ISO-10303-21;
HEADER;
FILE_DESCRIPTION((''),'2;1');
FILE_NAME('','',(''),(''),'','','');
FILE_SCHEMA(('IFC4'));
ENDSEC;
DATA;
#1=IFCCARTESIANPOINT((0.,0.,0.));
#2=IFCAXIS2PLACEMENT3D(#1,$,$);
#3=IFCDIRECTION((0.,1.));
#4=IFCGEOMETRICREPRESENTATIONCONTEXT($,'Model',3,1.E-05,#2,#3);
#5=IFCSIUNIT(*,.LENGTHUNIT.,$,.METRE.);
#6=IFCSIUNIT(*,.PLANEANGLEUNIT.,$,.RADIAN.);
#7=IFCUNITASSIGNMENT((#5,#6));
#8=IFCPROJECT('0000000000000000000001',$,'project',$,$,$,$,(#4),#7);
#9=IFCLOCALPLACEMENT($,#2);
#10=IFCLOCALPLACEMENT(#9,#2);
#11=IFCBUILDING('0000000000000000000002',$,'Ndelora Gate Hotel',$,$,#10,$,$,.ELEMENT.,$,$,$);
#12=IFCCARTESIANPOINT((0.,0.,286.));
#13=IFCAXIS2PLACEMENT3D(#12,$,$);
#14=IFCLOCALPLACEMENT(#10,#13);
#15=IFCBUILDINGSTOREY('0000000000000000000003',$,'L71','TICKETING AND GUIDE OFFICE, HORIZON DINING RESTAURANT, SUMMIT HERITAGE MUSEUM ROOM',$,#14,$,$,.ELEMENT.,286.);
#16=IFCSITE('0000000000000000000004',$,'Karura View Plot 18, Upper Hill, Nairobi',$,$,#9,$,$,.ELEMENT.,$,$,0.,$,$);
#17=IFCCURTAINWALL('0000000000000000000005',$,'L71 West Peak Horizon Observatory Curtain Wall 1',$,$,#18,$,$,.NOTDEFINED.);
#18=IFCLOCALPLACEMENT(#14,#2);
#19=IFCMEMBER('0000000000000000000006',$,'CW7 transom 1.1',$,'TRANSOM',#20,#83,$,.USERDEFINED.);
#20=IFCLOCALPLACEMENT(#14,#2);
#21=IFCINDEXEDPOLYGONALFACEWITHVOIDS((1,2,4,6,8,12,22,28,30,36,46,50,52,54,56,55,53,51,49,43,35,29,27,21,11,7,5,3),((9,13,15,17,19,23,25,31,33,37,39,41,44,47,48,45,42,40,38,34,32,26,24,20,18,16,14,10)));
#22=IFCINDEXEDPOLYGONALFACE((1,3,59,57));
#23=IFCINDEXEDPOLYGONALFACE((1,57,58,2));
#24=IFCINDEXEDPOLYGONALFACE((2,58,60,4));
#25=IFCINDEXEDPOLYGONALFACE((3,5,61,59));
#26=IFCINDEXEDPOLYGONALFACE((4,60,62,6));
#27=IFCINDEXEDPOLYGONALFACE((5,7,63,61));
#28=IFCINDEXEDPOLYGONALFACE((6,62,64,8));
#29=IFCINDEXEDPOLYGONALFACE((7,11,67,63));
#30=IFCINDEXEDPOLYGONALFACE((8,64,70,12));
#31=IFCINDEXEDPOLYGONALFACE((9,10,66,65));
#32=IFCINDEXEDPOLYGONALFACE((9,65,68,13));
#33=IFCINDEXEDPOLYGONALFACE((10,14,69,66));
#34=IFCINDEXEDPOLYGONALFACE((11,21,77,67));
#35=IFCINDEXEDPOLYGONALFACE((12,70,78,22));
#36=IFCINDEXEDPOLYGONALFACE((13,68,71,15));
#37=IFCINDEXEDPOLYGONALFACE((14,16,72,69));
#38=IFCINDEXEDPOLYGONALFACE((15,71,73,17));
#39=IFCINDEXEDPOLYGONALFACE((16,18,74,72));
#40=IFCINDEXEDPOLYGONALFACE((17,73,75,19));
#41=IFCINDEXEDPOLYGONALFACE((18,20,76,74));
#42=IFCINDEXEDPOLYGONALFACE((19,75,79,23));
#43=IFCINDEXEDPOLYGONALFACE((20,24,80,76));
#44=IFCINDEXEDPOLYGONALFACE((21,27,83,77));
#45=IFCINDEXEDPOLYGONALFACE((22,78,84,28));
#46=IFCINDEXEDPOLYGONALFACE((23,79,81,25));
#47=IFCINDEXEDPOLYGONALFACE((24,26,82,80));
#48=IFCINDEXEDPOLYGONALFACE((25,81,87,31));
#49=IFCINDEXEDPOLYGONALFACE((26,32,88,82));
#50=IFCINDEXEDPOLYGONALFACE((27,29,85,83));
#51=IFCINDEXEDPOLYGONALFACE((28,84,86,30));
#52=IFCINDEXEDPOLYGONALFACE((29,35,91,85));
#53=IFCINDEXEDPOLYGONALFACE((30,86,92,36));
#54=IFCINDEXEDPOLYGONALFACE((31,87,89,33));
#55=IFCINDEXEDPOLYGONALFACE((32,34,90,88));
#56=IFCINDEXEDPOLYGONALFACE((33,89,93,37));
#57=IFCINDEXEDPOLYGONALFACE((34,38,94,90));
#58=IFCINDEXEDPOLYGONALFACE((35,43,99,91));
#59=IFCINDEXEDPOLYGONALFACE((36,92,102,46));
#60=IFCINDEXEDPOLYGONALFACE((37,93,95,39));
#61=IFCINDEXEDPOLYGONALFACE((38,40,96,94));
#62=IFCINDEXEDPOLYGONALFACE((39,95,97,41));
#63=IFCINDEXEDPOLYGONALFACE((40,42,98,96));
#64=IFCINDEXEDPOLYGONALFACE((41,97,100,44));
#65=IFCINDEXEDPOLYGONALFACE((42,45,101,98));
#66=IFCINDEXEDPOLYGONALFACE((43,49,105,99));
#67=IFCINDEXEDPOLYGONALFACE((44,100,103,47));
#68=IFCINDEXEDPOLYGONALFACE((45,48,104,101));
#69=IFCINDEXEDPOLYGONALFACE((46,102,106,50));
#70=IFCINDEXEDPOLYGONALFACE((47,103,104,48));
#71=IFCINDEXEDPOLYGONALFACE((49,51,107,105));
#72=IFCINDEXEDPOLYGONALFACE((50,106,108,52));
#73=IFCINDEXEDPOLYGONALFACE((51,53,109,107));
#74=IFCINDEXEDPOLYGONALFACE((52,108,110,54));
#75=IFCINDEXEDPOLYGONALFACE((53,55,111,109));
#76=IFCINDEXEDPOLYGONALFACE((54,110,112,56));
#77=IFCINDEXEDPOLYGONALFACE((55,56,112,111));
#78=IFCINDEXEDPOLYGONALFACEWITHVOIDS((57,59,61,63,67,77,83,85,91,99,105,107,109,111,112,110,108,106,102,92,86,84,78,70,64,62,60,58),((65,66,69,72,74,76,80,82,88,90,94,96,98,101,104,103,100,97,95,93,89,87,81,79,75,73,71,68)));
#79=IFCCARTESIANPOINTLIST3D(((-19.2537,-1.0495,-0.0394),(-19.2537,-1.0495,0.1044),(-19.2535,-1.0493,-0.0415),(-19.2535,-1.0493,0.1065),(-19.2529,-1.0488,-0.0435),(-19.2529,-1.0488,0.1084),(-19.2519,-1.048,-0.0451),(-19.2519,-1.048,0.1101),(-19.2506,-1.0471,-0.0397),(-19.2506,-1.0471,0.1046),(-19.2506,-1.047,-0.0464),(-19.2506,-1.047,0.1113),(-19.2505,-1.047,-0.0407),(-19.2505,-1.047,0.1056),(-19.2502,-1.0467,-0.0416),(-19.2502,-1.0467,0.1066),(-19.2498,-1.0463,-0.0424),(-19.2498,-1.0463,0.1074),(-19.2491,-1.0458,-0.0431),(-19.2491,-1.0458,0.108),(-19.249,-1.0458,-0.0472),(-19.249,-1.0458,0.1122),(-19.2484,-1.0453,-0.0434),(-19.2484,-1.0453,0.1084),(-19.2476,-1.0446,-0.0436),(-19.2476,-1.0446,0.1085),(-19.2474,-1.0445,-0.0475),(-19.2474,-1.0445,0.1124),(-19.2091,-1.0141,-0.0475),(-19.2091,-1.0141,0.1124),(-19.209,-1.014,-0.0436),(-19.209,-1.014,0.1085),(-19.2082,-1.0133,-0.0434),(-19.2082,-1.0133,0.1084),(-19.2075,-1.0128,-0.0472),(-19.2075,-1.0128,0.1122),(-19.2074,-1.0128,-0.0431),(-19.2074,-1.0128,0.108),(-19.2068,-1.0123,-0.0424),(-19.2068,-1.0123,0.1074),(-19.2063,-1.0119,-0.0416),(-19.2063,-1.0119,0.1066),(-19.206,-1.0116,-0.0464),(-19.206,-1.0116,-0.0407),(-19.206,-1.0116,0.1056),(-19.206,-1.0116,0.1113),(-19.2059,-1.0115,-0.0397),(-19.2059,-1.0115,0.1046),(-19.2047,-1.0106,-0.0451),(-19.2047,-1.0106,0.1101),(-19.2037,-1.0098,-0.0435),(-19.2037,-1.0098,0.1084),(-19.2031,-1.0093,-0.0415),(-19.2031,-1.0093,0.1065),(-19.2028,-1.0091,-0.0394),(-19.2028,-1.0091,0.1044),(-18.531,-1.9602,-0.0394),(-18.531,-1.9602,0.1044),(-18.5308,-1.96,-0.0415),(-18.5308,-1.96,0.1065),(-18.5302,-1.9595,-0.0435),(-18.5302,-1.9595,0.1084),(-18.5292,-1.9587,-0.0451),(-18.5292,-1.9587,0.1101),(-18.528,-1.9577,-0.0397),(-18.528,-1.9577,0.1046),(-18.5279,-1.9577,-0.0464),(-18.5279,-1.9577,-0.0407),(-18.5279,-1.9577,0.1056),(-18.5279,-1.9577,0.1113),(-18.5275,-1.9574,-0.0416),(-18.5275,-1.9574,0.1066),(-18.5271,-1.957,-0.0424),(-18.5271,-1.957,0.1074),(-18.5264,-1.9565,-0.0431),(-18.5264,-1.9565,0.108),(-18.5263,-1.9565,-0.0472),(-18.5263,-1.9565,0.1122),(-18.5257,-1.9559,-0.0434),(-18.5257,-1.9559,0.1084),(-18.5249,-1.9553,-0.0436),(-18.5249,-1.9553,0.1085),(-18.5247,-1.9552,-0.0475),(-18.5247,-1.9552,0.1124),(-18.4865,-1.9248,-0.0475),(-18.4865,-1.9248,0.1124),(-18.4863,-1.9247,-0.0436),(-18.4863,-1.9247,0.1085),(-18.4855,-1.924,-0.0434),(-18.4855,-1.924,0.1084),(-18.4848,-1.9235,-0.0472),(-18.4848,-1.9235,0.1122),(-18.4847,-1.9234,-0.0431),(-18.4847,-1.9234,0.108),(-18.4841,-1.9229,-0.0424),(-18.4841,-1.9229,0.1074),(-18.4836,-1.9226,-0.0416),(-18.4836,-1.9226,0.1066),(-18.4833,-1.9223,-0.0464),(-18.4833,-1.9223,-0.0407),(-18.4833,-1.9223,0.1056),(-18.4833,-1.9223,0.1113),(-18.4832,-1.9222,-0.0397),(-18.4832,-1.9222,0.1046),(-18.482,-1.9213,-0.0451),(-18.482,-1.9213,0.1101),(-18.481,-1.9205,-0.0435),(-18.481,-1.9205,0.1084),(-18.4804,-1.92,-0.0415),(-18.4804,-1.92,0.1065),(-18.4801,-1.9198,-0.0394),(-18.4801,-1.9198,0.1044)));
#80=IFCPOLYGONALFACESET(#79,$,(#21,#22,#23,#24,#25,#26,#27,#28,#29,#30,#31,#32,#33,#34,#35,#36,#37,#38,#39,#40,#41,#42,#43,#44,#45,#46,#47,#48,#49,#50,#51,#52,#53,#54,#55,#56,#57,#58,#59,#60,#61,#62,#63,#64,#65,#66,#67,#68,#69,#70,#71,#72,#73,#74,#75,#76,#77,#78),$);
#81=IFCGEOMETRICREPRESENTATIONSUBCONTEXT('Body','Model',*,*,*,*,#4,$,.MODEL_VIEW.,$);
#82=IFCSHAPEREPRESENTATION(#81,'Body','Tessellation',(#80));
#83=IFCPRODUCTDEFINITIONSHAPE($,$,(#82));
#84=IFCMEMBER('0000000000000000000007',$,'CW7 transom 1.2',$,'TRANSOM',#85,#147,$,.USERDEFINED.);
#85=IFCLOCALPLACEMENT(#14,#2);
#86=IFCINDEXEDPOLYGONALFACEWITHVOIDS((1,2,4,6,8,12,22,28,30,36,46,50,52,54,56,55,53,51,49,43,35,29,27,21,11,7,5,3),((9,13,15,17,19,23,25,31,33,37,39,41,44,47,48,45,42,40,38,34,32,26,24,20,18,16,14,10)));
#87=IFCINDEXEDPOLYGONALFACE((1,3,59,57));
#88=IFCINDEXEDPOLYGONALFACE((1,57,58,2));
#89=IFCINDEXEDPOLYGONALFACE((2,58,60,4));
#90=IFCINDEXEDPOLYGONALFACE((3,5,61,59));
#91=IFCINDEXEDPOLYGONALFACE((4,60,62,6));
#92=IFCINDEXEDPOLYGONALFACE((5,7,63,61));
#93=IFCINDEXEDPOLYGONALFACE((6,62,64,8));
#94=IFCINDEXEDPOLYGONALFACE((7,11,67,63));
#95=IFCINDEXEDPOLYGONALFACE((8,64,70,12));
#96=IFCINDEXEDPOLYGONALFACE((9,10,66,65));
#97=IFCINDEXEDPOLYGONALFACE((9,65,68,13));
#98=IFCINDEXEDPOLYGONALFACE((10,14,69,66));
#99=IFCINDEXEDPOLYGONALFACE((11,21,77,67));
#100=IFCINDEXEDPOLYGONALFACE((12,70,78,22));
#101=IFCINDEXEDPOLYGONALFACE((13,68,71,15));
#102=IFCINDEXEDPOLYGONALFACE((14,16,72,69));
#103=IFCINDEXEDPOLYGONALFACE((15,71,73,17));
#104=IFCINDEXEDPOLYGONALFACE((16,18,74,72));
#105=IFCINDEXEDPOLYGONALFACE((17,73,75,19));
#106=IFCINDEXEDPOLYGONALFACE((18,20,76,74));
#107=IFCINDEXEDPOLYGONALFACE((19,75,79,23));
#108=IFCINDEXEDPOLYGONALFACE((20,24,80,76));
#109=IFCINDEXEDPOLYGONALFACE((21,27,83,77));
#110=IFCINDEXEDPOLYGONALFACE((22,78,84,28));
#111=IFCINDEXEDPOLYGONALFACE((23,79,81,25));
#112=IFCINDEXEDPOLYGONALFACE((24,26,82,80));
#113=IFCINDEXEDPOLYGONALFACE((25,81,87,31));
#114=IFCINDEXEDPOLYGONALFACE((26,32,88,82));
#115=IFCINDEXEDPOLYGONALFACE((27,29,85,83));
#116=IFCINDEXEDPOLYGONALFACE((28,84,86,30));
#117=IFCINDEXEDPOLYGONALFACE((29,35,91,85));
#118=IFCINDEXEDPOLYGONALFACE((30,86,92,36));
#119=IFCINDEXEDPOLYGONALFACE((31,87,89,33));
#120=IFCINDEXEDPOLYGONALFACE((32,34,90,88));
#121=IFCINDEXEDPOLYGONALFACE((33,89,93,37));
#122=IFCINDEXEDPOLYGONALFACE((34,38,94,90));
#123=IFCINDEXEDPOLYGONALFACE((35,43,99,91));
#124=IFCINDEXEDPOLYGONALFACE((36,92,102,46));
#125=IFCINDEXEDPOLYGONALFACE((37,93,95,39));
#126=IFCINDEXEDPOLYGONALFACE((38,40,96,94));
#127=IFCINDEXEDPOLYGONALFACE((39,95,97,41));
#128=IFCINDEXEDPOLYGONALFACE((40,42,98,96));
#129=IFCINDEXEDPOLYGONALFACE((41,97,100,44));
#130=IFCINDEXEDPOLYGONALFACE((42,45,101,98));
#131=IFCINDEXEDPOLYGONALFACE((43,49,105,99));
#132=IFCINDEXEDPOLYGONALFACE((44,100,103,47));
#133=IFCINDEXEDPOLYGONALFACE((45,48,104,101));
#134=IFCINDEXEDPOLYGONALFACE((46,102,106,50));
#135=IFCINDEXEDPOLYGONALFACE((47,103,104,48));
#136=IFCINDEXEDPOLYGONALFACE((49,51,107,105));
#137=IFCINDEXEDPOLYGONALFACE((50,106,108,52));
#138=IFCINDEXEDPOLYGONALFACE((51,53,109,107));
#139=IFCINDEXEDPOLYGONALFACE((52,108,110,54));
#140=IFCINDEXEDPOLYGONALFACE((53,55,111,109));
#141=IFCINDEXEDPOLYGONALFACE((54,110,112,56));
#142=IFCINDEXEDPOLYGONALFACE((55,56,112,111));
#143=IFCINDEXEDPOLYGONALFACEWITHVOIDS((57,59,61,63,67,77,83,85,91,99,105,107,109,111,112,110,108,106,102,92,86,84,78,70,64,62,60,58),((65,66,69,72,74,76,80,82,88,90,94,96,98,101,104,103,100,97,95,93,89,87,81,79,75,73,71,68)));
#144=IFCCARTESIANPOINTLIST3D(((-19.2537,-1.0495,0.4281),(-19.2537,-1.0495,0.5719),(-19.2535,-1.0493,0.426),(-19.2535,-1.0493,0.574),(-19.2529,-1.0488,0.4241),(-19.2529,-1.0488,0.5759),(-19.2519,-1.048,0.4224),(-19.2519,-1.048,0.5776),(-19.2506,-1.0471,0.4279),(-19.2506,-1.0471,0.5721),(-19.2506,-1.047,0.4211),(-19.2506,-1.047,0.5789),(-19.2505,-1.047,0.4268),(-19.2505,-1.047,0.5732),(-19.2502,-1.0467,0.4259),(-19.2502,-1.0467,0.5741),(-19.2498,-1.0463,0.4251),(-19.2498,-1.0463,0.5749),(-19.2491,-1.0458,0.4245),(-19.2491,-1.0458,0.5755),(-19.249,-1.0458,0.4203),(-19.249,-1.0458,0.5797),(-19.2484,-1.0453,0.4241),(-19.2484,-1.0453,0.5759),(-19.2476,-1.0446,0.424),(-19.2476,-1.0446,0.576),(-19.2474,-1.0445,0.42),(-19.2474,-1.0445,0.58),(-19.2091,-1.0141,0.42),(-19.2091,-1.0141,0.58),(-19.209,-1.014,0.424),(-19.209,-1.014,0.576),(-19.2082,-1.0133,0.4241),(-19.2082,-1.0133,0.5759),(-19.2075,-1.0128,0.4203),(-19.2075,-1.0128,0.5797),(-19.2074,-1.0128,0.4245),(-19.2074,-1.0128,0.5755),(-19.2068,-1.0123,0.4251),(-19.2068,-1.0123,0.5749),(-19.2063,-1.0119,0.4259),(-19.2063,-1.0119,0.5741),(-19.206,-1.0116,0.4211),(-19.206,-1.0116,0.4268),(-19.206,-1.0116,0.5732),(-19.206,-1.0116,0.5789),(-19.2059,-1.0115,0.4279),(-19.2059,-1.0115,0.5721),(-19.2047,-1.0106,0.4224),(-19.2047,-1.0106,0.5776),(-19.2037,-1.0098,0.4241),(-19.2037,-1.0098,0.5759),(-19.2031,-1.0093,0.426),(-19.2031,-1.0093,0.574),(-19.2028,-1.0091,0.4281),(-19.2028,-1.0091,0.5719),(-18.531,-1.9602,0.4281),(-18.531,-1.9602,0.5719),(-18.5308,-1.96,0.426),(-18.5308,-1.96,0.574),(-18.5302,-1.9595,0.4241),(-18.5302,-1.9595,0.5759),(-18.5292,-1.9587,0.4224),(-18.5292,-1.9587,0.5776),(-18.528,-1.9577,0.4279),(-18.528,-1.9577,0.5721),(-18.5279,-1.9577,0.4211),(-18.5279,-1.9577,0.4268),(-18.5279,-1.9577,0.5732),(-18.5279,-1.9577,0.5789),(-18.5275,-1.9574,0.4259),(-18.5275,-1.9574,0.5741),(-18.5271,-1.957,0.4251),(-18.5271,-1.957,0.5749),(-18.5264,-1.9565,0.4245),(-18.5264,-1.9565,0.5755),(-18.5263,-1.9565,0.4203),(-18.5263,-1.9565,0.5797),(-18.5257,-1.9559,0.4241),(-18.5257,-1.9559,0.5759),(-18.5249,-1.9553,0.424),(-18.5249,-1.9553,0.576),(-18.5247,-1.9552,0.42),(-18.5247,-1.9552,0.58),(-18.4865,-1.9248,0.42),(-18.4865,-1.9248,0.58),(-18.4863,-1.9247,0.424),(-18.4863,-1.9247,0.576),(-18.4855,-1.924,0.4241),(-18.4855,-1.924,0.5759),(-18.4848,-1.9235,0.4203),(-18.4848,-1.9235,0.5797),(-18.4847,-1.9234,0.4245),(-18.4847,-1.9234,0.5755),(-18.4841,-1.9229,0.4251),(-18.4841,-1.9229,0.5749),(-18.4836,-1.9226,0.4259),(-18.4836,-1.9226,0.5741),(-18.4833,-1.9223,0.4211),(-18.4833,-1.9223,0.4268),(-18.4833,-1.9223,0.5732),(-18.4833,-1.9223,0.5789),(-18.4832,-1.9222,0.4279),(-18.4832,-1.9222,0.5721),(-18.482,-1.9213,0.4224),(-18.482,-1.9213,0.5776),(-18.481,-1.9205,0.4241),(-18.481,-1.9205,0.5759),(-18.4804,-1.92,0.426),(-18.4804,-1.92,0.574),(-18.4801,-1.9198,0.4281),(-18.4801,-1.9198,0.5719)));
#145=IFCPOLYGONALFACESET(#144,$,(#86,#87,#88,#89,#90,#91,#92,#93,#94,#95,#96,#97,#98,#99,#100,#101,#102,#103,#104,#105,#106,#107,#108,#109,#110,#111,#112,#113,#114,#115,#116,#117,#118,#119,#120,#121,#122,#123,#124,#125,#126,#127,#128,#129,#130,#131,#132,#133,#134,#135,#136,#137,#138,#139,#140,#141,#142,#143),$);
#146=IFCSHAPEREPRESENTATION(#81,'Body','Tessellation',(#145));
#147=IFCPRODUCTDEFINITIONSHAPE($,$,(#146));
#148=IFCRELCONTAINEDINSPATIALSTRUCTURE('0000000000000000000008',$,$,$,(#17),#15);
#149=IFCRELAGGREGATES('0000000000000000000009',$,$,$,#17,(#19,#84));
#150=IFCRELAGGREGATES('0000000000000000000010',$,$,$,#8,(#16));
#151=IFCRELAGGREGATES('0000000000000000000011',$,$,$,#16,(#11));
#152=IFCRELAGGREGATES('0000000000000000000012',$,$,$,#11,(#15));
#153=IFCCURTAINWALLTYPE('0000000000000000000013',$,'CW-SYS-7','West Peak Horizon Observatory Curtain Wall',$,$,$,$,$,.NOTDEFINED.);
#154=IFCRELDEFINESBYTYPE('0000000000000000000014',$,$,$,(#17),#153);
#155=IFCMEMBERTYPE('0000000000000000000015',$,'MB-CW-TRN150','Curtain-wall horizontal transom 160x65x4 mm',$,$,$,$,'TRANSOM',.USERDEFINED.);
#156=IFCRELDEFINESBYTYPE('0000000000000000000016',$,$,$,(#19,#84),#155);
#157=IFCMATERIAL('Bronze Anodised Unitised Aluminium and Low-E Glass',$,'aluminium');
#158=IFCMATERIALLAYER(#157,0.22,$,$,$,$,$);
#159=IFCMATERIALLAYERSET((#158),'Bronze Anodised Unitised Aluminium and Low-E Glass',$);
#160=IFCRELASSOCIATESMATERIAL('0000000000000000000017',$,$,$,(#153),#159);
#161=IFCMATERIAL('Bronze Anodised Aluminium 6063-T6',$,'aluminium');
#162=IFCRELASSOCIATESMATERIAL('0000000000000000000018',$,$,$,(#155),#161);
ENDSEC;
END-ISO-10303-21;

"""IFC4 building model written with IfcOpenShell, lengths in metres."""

from ifc_helpers import new_model, si_unit, direction, frame, origin, origin_2d, place, context, subcontext, project, spatial, hollow_rectangle, extrude, material, layer, layer_set, material_profile, profile_set, type_object, element, aggregate, save


model = new_model("IFC4")

# Units and contexts
model_context = context("Model", 3, precision=1e-05, world=origin(), true_north=direction((0.0, 1.0)))
body_context = subcontext(model_context, "Body", "Model", "MODEL_VIEW")
ifc_project = project(units=[si_unit("LENGTHUNIT", "METRE"), si_unit("PLANEANGLEUNIT", "RADIAN")], contexts=[model_context])

# Site, building, storey
site_placement = place(None, origin())
site = spatial("IfcSite", under=ifc_project, at=site_placement, Name="Karura View Plot 18, Upper Hill, Nairobi", CompositionType="ELEMENT", RefElevation=0.0)
building_placement = place(site_placement, origin())
building = spatial("IfcBuilding", under=site, at=building_placement, Name="Ndelora Gate Hotel", CompositionType="ELEMENT")
storey_placement = place(building_placement, frame((0.0, 0.0, 286.0)))
storey = spatial("IfcBuildingStorey", under=building, at=storey_placement, Name="L71", Description="TICKETING AND GUIDE OFFICE, HORIZON DINING RESTAURANT, SUMMIT HERITAGE MUSEUM ROOM", CompositionType="ELEMENT", Elevation=286.0)

# Curtain wall
ifc_material_1 = material(Name="Bronze Anodised Unitised Aluminium and Low-E Glass", Category="aluminium")
ifc_layer_1 = layer(ifc_material_1, 0.22)
ifc_layer_set_1 = layer_set([ifc_layer_1], Name="Bronze Anodised Unitised Aluminium and Low-E Glass")
curtain_wall_type = type_object("IfcCurtainWallType", Name="CW-SYS-7", Description="West Peak Horizon Observatory Curtain Wall", PredefinedType="NOTDEFINED", material=ifc_layer_set_1)
curtain_wall_1_placement = place(storey_placement, origin())
curtain_wall_1 = element("IfcCurtainWall", 1, at=curtain_wall_1_placement, inside=storey, type_object=curtain_wall_type, Name="L71 West Peak Horizon Observatory Curtain Wall 1", PredefinedType="NOTDEFINED")
ifc_material_2 = material(Name="Bronze Anodised Aluminium 6063-T6", Category="aluminium")

# Members
ifc_material_profile_1 = material_profile(ifc_material_2, hollow_rectangle(XDim=0.0649, YDim=0.1599, WallThickness=0.0039, InnerFilletRadius=0.0039, OuterFilletRadius=0.0081, at=origin_2d()), Name="ALU 160x65x4")
ifc_profile_set_1 = profile_set([ifc_material_profile_1], Name="Bronze Anodised Aluminium 6063-T6")
member_type_1 = type_object("IfcMemberType", Name="MB-CW-TRN150", Description="Curtain-wall horizontal transom 160x65x4 mm", ElementType="TRANSOM", PredefinedType="USERDEFINED", material=ifc_profile_set_1)
member_1_placement = place(storey_placement, frame((-19.2283, -1.0293, 0.0325), z_axis=(0.621617, -0.783321, 0.0), x_axis=(0.783321, 0.621617, 0.0)))
member_1 = element("IfcMember", 2, at=member_1_placement, type_object=member_type_1, Name="CW7 transom 1.1", ObjectType="TRANSOM", PredefinedType="USERDEFINED", context=body_context, shape_type="SweptSolid", body=[
    extrude(hollow_rectangle(XDim=0.0649, YDim=0.1599, WallThickness=0.0039, InnerFilletRadius=0.0039, OuterFilletRadius=0.0081, at=origin_2d()), origin(), (0.0, 0.0, 1.0), 1.1626),
])
member_2_placement = place(storey_placement, frame((-19.2283, -1.0293, 0.5), z_axis=(0.621617, -0.783321, 0.0), x_axis=(0.783321, 0.621617, 0.0)))
member_2 = element("IfcMember", 3, at=member_2_placement, type_object=member_type_1, Name="CW7 transom 1.2", ObjectType="TRANSOM", PredefinedType="USERDEFINED", context=body_context, shape_type="SweptSolid", body=[
    extrude(hollow_rectangle(XDim=0.0649, YDim=0.1599, WallThickness=0.0039, InnerFilletRadius=0.0039, OuterFilletRadius=0.0081, at=origin_2d()), origin(), (0.0, 0.0, 1.0), 1.1626),
])

aggregate(curtain_wall_1, [member_1, member_2])

save(model, "model.ifc")
